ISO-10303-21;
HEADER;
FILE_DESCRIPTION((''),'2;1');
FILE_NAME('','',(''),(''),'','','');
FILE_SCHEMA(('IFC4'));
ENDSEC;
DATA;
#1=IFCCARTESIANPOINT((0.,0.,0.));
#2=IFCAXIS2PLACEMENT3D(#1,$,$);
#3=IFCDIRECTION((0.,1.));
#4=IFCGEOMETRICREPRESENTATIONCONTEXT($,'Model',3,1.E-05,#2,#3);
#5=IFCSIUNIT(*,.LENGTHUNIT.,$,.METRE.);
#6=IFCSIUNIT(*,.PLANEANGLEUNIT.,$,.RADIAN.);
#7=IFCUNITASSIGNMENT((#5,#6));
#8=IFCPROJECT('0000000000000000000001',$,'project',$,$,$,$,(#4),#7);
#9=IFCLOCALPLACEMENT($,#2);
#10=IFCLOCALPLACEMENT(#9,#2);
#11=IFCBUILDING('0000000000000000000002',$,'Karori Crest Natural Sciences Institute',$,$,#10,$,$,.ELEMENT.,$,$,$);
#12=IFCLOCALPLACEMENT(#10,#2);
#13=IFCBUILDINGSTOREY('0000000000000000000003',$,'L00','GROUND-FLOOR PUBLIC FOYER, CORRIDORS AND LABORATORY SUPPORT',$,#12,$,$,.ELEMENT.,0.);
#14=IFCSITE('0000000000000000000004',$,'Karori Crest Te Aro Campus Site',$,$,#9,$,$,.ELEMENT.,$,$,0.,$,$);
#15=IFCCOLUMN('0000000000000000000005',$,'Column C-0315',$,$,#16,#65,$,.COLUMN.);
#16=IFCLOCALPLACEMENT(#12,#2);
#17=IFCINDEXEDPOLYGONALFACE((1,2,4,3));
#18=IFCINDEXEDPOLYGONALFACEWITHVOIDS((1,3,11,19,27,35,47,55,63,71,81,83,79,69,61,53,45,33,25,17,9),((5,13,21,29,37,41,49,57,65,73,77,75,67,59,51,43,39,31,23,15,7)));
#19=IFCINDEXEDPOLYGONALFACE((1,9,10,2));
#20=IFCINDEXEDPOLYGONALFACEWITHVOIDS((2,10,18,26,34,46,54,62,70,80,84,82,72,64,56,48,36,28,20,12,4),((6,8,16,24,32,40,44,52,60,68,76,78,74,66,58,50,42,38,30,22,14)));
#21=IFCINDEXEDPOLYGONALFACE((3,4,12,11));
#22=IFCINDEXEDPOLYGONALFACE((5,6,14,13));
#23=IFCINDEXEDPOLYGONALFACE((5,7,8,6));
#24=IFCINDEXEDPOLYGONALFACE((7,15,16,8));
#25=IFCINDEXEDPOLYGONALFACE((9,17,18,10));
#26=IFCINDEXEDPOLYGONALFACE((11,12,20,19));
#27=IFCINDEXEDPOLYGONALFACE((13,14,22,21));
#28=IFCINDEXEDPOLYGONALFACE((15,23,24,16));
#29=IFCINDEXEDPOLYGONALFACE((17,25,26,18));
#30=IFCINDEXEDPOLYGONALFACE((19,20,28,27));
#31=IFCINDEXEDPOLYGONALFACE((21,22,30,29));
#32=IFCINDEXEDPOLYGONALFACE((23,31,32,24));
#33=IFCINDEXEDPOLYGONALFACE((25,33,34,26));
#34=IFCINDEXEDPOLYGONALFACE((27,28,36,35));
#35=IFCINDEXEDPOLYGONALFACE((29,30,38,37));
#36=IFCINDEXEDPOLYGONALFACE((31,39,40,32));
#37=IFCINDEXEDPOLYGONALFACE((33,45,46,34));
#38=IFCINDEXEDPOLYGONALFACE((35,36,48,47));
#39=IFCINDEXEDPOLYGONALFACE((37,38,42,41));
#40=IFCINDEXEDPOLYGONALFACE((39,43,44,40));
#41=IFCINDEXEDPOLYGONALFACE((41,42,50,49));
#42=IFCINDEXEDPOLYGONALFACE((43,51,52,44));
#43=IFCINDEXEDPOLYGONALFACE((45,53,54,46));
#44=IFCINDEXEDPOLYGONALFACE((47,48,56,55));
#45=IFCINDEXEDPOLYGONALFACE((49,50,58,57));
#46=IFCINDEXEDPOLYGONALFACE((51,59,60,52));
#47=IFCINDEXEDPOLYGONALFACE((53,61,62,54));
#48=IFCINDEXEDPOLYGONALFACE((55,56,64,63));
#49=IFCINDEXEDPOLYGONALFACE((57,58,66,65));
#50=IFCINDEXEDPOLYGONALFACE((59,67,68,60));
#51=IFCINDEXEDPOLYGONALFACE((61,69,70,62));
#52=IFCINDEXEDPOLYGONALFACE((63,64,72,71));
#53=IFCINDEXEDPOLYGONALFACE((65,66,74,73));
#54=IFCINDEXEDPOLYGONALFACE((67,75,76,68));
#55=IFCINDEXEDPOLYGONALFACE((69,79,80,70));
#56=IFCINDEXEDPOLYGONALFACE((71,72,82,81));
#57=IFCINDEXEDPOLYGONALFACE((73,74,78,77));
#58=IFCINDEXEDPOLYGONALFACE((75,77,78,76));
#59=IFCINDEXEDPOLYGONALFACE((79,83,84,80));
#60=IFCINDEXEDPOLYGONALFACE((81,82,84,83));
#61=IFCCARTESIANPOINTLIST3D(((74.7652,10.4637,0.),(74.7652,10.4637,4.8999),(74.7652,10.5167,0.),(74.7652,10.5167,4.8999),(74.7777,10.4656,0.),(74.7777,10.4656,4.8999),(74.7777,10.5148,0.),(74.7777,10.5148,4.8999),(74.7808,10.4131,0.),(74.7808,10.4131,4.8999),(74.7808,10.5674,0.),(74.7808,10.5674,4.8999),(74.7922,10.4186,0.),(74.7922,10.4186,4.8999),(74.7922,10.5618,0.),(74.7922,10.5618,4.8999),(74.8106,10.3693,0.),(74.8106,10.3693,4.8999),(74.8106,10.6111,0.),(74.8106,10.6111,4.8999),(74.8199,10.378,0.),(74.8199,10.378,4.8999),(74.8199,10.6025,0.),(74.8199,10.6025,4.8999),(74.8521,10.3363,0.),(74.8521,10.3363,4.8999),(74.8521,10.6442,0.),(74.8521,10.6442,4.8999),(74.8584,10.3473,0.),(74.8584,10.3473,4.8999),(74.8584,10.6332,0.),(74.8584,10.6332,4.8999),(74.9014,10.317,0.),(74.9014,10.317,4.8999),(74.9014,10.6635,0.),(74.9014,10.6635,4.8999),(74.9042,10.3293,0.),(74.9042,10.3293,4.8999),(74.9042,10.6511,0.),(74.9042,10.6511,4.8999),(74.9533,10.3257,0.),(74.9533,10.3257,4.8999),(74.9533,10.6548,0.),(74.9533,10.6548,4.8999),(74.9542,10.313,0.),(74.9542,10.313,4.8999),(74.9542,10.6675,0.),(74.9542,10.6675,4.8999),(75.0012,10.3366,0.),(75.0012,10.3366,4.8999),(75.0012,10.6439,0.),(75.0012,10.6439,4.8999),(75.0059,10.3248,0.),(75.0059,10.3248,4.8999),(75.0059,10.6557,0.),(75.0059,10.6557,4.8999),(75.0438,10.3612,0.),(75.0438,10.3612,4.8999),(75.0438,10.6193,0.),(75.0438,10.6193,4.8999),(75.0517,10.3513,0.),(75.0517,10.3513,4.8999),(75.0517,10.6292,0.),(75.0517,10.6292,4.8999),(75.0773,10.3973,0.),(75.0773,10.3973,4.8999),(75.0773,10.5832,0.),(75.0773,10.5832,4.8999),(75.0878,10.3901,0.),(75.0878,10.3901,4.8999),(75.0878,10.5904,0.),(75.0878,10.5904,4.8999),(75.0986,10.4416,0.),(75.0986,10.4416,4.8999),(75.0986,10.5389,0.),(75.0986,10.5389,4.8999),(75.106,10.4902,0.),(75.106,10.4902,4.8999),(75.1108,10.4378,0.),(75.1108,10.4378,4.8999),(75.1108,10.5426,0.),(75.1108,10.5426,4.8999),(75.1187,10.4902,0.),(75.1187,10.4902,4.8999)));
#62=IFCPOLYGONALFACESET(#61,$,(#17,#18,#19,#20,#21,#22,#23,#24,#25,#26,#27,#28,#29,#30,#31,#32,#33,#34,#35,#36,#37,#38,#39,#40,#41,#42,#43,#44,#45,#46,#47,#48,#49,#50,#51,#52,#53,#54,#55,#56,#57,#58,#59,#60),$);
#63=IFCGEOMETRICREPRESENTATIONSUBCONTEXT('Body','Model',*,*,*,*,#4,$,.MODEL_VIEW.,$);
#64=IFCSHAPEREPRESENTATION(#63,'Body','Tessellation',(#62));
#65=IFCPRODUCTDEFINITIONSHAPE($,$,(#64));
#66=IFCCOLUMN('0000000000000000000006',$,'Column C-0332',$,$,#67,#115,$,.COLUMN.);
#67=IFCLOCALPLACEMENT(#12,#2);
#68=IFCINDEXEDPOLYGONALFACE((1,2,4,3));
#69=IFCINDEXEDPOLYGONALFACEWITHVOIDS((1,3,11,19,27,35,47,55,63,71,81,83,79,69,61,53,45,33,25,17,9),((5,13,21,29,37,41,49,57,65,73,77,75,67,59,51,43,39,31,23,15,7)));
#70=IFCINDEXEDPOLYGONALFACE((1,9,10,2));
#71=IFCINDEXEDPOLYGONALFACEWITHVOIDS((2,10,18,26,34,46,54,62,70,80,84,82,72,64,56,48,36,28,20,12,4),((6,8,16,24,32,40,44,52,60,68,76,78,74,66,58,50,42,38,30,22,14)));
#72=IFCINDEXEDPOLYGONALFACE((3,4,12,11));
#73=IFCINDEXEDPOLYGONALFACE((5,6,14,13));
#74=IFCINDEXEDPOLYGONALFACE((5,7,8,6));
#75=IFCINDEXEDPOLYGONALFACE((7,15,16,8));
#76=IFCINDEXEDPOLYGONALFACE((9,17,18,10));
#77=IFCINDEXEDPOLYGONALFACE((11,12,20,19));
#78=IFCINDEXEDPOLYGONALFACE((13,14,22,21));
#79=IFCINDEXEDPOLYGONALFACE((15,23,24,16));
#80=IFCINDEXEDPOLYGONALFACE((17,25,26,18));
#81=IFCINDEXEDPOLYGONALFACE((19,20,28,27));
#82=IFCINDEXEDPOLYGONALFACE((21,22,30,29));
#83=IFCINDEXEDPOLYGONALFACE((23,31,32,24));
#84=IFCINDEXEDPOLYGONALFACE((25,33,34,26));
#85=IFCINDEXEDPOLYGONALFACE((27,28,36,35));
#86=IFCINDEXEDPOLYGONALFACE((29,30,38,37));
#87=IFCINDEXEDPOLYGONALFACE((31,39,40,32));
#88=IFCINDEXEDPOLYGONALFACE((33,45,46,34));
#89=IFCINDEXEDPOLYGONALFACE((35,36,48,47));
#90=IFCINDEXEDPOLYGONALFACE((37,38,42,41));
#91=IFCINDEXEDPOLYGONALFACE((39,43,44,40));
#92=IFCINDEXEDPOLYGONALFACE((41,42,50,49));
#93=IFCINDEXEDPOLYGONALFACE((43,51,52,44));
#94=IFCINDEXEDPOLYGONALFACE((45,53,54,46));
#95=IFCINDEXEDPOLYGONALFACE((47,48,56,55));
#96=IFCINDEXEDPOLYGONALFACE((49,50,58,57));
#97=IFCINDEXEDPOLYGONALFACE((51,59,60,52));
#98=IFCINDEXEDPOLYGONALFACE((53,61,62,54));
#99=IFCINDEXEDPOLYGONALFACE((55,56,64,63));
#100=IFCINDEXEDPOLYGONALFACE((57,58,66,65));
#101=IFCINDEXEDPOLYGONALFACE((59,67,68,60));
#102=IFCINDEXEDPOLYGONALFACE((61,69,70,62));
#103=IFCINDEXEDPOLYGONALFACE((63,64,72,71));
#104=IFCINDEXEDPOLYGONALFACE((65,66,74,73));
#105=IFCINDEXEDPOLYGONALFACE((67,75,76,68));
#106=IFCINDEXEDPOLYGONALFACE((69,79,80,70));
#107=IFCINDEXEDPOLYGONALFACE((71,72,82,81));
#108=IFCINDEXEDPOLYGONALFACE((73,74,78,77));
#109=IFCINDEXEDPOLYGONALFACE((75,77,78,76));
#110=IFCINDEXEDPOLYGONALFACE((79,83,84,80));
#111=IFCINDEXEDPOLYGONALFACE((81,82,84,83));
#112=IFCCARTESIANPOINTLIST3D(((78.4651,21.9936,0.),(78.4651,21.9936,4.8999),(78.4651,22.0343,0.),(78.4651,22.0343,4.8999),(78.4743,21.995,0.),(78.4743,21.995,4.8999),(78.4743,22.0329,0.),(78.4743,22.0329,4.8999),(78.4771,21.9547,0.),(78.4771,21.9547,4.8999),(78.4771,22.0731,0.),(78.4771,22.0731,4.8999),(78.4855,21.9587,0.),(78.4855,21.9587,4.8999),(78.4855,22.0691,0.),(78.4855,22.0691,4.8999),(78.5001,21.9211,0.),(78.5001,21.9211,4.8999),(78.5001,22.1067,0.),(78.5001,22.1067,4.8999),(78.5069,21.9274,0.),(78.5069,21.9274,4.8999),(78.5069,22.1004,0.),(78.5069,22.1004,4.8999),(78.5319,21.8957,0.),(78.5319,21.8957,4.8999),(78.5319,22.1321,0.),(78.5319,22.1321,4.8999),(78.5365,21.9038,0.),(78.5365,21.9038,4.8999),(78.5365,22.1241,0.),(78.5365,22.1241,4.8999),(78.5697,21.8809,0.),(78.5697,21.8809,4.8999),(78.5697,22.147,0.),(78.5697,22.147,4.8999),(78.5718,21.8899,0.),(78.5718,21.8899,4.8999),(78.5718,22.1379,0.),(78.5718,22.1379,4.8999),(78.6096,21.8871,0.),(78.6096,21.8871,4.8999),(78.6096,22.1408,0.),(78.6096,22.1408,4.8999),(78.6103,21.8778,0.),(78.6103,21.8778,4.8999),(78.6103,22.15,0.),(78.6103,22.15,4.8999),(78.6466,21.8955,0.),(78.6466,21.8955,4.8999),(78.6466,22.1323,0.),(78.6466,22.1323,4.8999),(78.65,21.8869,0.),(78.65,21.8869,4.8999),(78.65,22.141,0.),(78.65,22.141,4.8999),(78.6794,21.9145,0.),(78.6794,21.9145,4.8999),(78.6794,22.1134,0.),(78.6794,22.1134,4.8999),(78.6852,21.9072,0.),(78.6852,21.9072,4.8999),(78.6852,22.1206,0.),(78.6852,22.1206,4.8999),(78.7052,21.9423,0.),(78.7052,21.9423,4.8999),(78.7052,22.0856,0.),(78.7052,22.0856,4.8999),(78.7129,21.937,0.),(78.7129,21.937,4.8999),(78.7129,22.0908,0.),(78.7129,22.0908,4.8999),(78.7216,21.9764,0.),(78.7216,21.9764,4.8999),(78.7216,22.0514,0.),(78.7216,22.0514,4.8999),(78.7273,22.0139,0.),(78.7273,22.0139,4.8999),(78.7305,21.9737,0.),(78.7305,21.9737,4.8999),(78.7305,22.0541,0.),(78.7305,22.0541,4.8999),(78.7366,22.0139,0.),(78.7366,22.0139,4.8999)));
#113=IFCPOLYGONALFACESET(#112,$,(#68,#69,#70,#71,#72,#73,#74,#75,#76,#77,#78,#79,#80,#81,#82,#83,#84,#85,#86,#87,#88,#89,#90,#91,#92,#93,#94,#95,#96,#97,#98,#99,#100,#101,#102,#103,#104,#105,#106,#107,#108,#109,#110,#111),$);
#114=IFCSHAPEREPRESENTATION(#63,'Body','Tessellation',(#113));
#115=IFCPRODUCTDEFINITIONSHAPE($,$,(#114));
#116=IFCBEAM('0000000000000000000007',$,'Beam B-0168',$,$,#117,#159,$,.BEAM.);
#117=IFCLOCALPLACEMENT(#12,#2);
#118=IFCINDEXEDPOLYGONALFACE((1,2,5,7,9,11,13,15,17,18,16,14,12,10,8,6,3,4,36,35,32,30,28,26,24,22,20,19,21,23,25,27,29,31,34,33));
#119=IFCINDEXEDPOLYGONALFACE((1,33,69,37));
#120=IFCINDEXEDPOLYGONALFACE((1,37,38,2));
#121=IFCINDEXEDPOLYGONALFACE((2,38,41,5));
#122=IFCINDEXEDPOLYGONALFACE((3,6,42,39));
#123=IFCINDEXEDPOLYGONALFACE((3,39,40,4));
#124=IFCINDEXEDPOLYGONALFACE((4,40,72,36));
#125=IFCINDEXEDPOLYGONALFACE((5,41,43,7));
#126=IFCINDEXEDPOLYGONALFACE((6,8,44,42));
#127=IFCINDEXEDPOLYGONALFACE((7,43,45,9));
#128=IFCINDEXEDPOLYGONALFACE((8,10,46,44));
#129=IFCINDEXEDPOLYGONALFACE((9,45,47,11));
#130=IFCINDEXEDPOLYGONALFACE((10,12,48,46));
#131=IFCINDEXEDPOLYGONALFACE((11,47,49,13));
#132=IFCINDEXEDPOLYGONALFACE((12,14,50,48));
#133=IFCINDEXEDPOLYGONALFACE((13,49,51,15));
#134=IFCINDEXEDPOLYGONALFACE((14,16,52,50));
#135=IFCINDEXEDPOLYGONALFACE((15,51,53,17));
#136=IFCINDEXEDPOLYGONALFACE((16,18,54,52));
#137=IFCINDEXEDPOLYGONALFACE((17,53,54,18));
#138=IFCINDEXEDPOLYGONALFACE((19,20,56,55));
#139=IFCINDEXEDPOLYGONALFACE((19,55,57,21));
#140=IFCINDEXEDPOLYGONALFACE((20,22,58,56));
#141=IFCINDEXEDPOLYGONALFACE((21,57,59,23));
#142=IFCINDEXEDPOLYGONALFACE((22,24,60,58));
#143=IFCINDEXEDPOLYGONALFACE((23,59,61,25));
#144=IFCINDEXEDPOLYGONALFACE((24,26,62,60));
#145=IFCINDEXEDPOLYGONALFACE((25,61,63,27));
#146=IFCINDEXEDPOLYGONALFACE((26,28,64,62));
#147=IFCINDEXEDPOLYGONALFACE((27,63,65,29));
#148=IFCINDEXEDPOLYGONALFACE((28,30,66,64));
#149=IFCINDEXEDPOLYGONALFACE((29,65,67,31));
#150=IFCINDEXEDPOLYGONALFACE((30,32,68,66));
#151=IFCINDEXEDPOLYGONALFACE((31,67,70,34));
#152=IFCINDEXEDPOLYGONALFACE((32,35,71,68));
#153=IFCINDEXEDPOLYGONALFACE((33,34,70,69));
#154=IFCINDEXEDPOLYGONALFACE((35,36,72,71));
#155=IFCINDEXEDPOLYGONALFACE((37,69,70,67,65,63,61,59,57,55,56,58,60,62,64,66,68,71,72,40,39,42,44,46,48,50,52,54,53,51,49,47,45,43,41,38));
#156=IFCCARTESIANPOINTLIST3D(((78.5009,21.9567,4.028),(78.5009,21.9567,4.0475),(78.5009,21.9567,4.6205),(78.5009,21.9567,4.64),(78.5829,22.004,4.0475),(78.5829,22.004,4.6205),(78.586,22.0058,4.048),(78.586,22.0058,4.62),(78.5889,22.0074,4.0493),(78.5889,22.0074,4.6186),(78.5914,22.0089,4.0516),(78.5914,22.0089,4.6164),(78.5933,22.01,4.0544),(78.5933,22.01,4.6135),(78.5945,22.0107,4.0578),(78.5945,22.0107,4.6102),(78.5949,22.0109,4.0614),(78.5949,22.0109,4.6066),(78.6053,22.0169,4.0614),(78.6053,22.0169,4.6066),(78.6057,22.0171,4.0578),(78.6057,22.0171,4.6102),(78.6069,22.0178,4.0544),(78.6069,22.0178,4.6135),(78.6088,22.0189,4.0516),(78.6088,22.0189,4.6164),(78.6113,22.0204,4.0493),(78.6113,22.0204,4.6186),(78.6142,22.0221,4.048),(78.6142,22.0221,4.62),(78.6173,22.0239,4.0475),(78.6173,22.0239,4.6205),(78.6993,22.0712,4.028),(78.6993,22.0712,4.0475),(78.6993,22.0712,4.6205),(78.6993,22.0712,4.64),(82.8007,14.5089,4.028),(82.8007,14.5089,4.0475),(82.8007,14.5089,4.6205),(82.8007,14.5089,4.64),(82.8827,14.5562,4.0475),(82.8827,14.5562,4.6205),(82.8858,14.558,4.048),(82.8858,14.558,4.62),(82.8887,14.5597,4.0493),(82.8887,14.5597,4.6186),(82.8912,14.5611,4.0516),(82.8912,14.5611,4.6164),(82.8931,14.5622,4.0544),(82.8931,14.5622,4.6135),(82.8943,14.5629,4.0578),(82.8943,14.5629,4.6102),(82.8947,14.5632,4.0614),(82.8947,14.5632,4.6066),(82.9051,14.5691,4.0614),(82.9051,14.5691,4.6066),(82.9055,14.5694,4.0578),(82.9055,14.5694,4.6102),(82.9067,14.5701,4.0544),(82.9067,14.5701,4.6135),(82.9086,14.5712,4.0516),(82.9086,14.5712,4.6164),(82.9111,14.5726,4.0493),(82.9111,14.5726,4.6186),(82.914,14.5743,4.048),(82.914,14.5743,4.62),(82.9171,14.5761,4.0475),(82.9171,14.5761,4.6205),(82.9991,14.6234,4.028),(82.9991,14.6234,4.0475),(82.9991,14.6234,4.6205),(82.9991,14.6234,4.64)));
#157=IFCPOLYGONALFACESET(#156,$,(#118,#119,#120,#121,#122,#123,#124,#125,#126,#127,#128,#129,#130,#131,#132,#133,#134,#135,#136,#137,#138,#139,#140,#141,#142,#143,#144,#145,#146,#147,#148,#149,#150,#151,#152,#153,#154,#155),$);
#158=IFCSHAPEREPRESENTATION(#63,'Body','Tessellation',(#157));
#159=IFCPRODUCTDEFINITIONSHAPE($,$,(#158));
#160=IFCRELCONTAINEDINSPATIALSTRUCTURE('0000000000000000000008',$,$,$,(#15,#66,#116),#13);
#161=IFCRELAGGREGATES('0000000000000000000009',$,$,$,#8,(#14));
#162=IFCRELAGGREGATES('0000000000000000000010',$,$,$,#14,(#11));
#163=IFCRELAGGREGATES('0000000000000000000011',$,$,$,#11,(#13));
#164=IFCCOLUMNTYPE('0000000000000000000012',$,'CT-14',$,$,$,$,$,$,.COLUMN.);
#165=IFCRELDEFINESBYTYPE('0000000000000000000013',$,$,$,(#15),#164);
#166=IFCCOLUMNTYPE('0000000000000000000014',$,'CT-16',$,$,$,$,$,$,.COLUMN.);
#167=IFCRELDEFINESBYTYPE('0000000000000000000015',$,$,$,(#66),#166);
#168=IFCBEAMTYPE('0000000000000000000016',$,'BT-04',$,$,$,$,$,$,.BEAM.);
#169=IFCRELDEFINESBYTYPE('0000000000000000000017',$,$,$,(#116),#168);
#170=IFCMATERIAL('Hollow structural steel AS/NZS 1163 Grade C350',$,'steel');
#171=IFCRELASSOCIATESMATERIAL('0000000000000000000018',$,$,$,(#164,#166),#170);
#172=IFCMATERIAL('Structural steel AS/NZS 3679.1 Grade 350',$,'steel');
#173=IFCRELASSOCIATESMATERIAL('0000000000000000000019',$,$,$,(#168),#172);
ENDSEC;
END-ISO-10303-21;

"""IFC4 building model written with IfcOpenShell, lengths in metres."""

from ifc_helpers import new_model, si_unit, direction, frame, origin, origin_2d, place, context, subcontext, project, spatial, hollow_circle, i_section, extrude, material, material_profile, profile_set, type_object, element, save


model = new_model("IFC4")

# Units and contexts
model_context = context("Model", 3, precision=1e-05, world=origin(), true_north=direction((0.0, 1.0)))
body_context = subcontext(model_context, "Body", "Model", "MODEL_VIEW")
ifc_project = project(units=[si_unit("LENGTHUNIT", "METRE"), si_unit("PLANEANGLEUNIT", "RADIAN")], contexts=[model_context])

# Site, building, storey
site_placement = place(None, origin())
site = spatial("IfcSite", under=ifc_project, at=site_placement, Name="Karori Crest Te Aro Campus Site", CompositionType="ELEMENT", RefElevation=0.0)
building_placement = place(site_placement, origin())
building = spatial("IfcBuilding", under=site, at=building_placement, Name="Karori Crest Natural Sciences Institute", CompositionType="ELEMENT")
storey_placement = place(building_placement, origin())
storey = spatial("IfcBuildingStorey", under=building, at=storey_placement, Name="L00", Description="GROUND-FLOOR PUBLIC FOYER, CORRIDORS AND LABORATORY SUPPORT", CompositionType="ELEMENT", Elevation=0.0)

# Columns
ifc_material_1 = material(Name="Hollow structural steel AS/NZS 1163 Grade C350", Category="steel")
ifc_material_profile_1 = material_profile(ifc_material_1, hollow_circle(Radius=0.1777, WallThickness=0.0127, at=origin_2d()), Name="CHS355.6x12.7")
ifc_profile_set_1 = profile_set([ifc_material_profile_1], Name="Hollow structural steel AS/NZS 1163 Grade C350")
column_type_1 = type_object("IfcColumnType", Name="CT-14", PredefinedType="COLUMN", material=ifc_profile_set_1)
column_1_placement = place(storey_placement, frame((74.9409, 10.4902, 0.0), z_axis=(0.0, 0.0, 1.0), x_axis=(1.0, 0.0, 0.0)))
element("IfcColumn", 1, at=column_1_placement, inside=storey, type_object=column_type_1, Name="Column C-0315", PredefinedType="COLUMN", context=body_context, shape_type="SweptSolid", body=[
    extrude(hollow_circle(Radius=0.1777, WallThickness=0.0127, at=origin_2d()), origin(), (0.0, 0.0, 1.0), 4.8999),
])
ifc_material_profile_2 = material_profile(ifc_material_1, hollow_circle(Radius=0.1365, WallThickness=0.0093, at=origin_2d()), Name="CHS273.0x9.3")
ifc_profile_set_2 = profile_set([ifc_material_profile_2], Name="Hollow structural steel AS/NZS 1163 Grade C350")
column_type_2 = type_object("IfcColumnType", Name="CT-16", PredefinedType="COLUMN", material=ifc_profile_set_2)
column_2_placement = place(storey_placement, frame((78.6001, 22.0139, 0.0), z_axis=(0.0, 0.0, 1.0), x_axis=(1.0, 0.0, 0.0)))
element("IfcColumn", 2, at=column_2_placement, inside=storey, type_object=column_type_2, Name="Column C-0332", PredefinedType="COLUMN", context=body_context, shape_type="SweptSolid", body=[
    extrude(hollow_circle(Radius=0.1365, WallThickness=0.0093, at=origin_2d()), origin(), (0.0, 0.0, 1.0), 4.8999),
])

# Beam
ifc_material_2 = material(Name="Structural steel AS/NZS 3679.1 Grade 350", Category="steel")
ifc_material_profile_3 = material_profile(ifc_material_2, i_section(OverallWidth=0.229, OverallDepth=0.6121, WebThickness=0.012, FlangeThickness=0.0195, FilletRadius=0.0139, at=origin_2d()), Name="610UB125")
ifc_profile_set_3 = profile_set([ifc_material_profile_3], Name="Structural steel AS/NZS 3679.1 Grade 350")
beam_type_1 = type_object("IfcBeamType", Name="BT-04", PredefinedType="BEAM", material=ifc_profile_set_3)
beam_1_placement = place(storey_placement, frame((78.6001, 22.0139, 4.334), z_axis=(0.499986, -0.866033, 0.0), x_axis=(0.866033, 0.499986, 0.0)))
element("IfcBeam", 3, at=beam_1_placement, inside=storey, type_object=beam_type_1, Name="Beam B-0168", PredefinedType="BEAM", context=body_context, shape_type="SweptSolid", body=[
    extrude(i_section(OverallWidth=0.229, OverallDepth=0.6121, WebThickness=0.012, FlangeThickness=0.0195, FilletRadius=0.0139, at=origin_2d()), origin(), (0.0, 0.0, 1.0), 8.5999),
])

save(model, "model.ifc")
